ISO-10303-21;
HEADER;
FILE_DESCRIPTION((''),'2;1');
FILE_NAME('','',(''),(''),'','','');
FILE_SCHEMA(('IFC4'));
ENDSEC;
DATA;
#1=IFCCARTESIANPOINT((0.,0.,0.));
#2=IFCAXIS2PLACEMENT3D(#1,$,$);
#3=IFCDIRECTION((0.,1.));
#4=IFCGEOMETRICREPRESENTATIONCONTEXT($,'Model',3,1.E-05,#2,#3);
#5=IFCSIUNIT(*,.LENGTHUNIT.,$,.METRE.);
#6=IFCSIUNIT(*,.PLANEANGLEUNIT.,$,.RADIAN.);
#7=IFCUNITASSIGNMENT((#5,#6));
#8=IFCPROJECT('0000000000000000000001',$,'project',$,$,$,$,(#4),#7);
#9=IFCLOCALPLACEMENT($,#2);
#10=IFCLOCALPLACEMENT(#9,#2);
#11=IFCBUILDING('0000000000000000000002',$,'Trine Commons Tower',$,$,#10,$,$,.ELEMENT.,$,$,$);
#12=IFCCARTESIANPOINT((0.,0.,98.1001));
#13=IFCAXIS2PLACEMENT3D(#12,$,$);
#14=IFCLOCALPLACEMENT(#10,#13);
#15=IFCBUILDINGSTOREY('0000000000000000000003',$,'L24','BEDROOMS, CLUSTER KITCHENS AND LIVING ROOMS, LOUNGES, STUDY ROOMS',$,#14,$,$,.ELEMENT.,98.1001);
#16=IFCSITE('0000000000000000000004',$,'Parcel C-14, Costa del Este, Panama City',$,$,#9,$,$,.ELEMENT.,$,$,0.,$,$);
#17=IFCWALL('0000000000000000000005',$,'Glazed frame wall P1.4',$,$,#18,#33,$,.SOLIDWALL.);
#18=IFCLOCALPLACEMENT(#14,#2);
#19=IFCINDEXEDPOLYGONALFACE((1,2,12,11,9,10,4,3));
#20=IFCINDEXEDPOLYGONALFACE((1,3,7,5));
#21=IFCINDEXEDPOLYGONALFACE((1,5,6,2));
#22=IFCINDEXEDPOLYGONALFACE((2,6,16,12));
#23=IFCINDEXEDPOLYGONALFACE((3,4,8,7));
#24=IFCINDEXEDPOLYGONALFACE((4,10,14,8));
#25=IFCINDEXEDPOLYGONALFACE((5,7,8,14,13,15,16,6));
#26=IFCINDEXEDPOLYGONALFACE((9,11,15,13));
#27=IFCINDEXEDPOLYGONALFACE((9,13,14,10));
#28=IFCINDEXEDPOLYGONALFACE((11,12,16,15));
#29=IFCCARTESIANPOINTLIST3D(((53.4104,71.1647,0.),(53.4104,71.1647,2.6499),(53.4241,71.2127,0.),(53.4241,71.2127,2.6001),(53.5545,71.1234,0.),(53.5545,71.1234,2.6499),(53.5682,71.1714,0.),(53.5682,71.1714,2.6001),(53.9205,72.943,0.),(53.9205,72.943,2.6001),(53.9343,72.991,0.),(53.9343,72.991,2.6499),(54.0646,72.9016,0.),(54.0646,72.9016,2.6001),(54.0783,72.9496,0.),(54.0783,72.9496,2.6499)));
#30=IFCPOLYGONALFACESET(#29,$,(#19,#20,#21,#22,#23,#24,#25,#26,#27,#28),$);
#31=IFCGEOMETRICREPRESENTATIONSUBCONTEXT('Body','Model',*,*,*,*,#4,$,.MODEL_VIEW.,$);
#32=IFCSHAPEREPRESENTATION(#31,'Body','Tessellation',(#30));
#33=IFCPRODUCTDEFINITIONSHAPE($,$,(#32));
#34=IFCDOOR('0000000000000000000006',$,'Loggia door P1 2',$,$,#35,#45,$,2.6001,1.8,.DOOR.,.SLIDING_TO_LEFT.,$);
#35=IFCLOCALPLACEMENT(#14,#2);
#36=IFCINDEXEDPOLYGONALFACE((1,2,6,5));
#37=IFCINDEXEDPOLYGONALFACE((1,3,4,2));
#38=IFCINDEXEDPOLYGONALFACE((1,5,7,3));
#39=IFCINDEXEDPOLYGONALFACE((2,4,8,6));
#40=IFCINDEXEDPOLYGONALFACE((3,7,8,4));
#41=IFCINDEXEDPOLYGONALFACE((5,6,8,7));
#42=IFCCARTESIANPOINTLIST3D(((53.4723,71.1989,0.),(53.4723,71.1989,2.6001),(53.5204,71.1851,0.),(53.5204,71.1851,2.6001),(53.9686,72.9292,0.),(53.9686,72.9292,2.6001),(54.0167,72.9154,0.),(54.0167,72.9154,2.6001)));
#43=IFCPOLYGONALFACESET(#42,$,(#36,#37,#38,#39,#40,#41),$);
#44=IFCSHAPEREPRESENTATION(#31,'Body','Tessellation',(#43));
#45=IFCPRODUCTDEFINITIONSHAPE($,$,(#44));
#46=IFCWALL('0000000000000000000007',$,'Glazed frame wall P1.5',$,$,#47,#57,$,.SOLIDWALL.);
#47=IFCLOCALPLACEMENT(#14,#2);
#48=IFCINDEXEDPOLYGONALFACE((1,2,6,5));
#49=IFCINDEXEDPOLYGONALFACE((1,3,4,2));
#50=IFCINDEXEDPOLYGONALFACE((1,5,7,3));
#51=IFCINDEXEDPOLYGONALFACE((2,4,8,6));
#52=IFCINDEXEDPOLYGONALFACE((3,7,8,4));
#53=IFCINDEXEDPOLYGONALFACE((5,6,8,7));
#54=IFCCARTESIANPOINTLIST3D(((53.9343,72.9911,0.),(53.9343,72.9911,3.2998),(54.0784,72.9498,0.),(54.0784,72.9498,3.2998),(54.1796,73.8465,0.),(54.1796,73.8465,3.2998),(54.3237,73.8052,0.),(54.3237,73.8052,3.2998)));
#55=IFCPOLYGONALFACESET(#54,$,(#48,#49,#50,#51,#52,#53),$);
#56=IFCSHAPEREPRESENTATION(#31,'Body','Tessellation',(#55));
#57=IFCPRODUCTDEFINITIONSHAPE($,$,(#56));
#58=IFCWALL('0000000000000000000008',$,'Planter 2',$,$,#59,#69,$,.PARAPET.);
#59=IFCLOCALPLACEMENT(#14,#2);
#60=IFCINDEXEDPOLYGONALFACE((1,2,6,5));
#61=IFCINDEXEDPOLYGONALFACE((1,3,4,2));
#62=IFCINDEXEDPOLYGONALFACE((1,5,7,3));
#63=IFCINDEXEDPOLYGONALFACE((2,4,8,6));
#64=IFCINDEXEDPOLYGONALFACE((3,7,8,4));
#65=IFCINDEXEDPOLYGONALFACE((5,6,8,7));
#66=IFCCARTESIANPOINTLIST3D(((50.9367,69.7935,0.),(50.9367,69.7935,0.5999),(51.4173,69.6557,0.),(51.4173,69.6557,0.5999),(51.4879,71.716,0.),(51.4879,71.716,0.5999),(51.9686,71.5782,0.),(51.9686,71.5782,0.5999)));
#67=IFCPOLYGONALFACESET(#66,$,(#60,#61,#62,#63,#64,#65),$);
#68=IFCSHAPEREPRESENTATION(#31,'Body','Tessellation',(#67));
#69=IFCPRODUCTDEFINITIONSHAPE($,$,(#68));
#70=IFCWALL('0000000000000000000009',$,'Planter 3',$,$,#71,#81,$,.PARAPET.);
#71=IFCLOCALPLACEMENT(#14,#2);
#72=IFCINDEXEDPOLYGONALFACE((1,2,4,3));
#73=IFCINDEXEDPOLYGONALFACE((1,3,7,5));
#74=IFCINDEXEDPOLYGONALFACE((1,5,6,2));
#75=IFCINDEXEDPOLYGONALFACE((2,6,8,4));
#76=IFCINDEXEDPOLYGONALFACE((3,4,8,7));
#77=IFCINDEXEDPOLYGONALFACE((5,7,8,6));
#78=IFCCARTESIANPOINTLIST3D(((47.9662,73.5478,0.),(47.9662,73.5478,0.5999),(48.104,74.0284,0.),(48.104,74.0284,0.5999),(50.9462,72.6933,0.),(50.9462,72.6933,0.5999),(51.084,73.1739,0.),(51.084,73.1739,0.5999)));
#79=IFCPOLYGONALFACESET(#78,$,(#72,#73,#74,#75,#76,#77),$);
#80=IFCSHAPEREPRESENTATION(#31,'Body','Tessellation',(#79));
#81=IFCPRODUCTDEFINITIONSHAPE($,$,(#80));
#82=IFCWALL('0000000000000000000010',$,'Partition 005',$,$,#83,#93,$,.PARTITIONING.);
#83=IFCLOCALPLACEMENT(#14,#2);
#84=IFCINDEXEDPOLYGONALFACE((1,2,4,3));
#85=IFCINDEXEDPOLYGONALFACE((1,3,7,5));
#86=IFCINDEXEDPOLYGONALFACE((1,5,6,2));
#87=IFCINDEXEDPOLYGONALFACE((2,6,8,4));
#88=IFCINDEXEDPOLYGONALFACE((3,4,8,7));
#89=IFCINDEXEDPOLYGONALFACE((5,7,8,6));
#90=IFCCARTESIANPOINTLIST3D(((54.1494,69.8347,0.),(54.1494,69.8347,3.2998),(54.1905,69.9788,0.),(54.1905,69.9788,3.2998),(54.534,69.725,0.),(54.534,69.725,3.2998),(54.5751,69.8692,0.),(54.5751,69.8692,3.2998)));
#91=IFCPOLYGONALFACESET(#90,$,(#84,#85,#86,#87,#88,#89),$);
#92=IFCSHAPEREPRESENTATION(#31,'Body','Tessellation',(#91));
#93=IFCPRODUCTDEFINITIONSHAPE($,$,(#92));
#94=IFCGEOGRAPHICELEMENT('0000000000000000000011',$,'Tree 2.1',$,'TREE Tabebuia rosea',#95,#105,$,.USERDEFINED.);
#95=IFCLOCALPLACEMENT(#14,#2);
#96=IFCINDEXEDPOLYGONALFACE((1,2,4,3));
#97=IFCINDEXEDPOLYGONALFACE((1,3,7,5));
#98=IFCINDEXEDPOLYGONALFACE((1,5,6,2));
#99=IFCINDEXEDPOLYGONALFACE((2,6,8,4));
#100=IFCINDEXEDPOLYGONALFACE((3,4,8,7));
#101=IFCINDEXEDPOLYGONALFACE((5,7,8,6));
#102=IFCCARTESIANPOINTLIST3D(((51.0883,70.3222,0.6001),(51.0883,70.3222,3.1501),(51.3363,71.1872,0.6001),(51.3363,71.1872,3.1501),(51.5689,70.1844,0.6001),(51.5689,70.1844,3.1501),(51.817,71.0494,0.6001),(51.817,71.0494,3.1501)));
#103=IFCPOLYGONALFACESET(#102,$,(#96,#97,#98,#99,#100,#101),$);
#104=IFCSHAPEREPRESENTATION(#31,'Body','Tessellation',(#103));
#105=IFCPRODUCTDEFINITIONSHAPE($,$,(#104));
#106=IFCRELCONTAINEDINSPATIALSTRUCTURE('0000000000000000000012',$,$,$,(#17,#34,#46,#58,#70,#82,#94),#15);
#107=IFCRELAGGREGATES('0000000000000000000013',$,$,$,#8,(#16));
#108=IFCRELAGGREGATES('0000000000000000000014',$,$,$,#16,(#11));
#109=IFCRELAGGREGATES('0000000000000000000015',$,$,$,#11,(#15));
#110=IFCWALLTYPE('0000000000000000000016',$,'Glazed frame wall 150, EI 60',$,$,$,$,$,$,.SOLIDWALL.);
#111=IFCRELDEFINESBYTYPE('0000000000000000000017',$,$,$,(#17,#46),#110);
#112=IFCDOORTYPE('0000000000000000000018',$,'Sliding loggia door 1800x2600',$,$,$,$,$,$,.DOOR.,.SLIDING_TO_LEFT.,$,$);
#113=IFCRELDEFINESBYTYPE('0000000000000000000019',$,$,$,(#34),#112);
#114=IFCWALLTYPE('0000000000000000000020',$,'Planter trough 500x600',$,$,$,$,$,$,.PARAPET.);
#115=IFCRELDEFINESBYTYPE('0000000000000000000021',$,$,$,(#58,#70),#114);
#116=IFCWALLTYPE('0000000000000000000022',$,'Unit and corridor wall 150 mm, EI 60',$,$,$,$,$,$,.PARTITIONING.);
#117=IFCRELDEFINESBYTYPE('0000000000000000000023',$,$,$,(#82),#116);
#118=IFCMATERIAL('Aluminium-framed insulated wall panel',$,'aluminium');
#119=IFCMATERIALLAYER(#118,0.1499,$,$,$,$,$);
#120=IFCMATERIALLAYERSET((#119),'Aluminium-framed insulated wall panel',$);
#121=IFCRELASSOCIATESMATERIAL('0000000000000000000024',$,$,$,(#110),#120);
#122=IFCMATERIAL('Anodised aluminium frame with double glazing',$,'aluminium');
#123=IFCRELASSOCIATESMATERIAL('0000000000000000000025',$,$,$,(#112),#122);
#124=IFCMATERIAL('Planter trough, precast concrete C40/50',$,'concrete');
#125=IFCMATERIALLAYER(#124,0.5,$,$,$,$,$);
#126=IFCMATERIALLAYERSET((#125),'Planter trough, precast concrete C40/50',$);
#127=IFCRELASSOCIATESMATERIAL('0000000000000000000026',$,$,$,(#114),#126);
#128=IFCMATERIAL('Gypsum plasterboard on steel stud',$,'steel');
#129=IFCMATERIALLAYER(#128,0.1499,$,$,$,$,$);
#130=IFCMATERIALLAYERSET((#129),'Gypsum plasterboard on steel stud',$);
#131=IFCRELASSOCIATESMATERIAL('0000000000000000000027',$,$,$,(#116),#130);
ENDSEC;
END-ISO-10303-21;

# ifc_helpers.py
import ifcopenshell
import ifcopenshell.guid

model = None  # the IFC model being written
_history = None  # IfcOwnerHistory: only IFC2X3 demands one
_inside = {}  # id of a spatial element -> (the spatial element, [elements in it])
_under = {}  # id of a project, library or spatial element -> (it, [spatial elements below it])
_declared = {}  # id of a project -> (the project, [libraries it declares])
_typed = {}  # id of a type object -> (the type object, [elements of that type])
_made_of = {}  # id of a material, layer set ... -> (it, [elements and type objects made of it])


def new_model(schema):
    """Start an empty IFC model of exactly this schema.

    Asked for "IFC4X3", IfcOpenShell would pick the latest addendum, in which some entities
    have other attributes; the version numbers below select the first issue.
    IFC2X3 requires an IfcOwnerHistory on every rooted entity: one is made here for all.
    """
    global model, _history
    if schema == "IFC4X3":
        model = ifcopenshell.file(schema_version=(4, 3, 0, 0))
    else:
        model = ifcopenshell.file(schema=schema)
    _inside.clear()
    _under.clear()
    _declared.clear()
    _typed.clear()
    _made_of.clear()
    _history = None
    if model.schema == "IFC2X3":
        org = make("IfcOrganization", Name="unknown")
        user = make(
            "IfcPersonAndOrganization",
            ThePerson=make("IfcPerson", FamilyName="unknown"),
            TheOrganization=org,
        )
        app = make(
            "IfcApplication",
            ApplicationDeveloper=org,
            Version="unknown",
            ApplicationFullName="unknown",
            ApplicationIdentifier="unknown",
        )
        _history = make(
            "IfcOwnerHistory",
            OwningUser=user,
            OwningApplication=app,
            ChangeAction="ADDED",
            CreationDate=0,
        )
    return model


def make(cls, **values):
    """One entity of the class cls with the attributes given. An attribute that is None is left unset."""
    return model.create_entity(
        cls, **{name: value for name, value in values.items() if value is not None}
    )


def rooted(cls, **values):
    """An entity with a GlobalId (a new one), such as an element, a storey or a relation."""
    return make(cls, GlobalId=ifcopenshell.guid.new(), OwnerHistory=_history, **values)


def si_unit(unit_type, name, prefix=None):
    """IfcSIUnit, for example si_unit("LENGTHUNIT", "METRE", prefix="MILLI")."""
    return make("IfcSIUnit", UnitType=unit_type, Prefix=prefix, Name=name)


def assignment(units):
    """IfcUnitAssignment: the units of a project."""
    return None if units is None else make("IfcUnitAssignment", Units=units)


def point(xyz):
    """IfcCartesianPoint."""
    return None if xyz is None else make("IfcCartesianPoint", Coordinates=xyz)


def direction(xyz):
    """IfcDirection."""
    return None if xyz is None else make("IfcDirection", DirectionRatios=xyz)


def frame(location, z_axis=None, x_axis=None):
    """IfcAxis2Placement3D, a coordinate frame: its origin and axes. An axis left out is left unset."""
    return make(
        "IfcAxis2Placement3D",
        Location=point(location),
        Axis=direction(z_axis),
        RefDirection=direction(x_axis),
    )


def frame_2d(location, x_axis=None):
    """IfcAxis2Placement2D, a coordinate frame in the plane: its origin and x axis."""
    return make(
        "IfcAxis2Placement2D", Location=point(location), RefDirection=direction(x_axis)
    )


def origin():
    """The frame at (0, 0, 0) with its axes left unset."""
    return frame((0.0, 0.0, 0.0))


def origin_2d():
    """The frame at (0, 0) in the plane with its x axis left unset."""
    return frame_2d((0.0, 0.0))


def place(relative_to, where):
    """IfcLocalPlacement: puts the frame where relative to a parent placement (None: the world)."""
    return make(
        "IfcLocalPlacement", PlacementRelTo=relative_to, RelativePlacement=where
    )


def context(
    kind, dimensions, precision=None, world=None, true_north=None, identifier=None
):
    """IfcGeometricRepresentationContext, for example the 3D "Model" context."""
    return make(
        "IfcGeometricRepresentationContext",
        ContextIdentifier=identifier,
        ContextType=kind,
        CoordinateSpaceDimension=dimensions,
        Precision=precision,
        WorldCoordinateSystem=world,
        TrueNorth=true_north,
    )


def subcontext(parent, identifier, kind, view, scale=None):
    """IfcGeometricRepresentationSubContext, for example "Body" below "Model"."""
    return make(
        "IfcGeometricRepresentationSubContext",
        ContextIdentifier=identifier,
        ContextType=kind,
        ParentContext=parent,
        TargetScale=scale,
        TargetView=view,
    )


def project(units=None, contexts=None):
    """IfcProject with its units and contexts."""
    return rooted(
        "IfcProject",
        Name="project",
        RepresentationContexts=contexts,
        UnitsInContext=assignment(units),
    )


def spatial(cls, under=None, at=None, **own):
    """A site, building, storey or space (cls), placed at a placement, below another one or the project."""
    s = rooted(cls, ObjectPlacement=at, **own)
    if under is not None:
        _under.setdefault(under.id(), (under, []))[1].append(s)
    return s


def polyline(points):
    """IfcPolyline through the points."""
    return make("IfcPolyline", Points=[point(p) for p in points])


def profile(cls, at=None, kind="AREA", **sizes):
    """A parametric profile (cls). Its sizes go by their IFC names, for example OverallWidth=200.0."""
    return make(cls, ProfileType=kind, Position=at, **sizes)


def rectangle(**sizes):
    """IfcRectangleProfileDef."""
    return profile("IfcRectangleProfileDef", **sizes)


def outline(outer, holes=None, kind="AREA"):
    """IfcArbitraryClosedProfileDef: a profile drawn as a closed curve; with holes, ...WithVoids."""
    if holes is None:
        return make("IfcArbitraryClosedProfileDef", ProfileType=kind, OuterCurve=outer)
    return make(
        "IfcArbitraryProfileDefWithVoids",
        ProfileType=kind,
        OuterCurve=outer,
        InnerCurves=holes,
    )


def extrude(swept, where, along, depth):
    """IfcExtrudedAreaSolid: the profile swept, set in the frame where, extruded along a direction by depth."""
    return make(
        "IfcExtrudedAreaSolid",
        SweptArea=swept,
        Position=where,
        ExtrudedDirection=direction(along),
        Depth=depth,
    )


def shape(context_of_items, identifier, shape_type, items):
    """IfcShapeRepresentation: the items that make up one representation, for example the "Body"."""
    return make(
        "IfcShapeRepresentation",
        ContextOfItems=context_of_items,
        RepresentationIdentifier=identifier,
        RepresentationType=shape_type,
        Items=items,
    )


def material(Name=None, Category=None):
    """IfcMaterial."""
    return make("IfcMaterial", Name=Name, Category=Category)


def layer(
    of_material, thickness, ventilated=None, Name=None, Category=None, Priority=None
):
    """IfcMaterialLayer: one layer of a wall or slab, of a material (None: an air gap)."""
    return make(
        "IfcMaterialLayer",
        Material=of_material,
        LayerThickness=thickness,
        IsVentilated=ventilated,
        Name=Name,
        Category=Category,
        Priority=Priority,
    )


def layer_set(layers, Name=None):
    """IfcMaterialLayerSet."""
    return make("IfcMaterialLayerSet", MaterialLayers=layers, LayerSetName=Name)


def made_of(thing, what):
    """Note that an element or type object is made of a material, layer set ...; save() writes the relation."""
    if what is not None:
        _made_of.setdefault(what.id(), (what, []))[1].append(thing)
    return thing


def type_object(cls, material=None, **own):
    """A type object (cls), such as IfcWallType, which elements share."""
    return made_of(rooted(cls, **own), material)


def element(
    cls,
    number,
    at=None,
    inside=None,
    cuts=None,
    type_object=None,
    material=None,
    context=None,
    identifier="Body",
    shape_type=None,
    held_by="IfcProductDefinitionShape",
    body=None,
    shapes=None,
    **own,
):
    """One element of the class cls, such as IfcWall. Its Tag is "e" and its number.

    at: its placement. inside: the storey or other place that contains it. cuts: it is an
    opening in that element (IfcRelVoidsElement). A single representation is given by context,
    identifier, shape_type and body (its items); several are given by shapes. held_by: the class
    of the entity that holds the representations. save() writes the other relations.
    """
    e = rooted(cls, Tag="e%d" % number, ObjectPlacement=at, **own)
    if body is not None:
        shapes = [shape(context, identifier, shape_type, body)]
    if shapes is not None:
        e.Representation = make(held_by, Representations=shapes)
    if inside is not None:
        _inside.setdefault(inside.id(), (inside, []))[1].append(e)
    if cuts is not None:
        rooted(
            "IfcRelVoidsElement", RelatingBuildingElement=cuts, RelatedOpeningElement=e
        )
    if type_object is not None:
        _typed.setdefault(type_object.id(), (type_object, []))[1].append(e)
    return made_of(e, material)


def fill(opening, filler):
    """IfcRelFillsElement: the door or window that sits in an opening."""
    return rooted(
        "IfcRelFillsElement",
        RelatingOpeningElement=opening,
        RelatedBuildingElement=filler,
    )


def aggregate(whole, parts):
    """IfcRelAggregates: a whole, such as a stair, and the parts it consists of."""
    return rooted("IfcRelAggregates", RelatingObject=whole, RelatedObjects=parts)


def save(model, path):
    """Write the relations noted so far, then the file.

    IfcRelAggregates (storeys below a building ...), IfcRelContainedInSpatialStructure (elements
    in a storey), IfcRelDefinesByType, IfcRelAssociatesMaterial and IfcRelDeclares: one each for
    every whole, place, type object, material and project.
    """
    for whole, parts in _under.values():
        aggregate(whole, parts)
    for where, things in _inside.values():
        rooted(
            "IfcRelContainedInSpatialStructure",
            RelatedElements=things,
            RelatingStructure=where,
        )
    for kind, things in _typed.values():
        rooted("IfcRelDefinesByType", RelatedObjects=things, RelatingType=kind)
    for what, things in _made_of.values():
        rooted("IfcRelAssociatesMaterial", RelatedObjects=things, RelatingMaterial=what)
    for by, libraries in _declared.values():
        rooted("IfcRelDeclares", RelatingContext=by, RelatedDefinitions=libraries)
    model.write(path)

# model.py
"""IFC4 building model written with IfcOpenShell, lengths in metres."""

from ifc_helpers import new_model, si_unit, direction, frame, frame_2d, origin, origin_2d, place, context, subcontext, project, spatial, polyline, rectangle, outline, extrude, material, layer, layer_set, type_object, element, fill, save


model = new_model("IFC4")

# Units and contexts
model_context = context("Model", 3, precision=1e-05, world=origin(), true_north=direction((0.0, 1.0)))
body_context = subcontext(model_context, "Body", "Model", "MODEL_VIEW")
ifc_project = project(units=[si_unit("LENGTHUNIT", "METRE"), si_unit("PLANEANGLEUNIT", "RADIAN")], contexts=[model_context])

# Site, building, storey
site_placement = place(None, origin())
site = spatial("IfcSite", under=ifc_project, at=site_placement, Name="Parcel C-14, Costa del Este, Panama City", CompositionType="ELEMENT", RefElevation=0.0)
building_placement = place(site_placement, origin())
building = spatial("IfcBuilding", under=site, at=building_placement, Name="Trine Commons Tower", CompositionType="ELEMENT")
storey_placement = place(building_placement, frame((0.0, 0.0, 98.1001)))
storey = spatial("IfcBuildingStorey", under=building, at=storey_placement, Name="L24", Description="BEDROOMS, CLUSTER KITCHENS AND LIVING ROOMS, LOUNGES, STUDY ROOMS", CompositionType="ELEMENT", Elevation=98.1001)

# Wall, opening, door
ifc_material_1 = material(Name="Aluminium-framed insulated wall panel", Category="aluminium")
ifc_layer_1 = layer(ifc_material_1, 0.1499)
ifc_layer_set_1 = layer_set([ifc_layer_1], Name="Aluminium-framed insulated wall panel")
wall_type_1 = type_object("IfcWallType", Name="Glazed frame wall 150, EI 60", PredefinedType="SOLIDWALL", material=ifc_layer_set_1)
wall_1_placement = place(storey_placement, frame((53.4824, 71.144, 0.0), z_axis=(0.0, 0.0, 1.0), x_axis=(0.275739, 0.961232, 0.0)))
wall_1 = element("IfcWall", 1, at=wall_1_placement, inside=storey, type_object=wall_type_1, Name="Glazed frame wall P1.4", PredefinedType="SOLIDWALL", context=body_context, shape_type="SweptSolid", body=[
    extrude(outline(polyline([(0.0, -0.075), (1.8999, -0.075), (1.8999, 0.075), (0.0, 0.075), (0.0, -0.075)])), origin(), (0.0, 0.0, 1.0), 2.6499),
])
opening_1_placement = place(wall_1_placement, frame((0.05, 0.0, 0.0)))
opening_1 = element("IfcOpeningElement", 2, at=opening_1_placement, cuts=wall_1, PredefinedType="OPENING", context=body_context, shape_type="SweptSolid", body=[
    extrude(rectangle(XDim=1.8, YDim=2.6001, at=frame_2d((0.8999, 1.3))), frame((0.0, 0.085, 0.0), z_axis=(0.0, -1.0, 0.0), x_axis=(1.0, 0.0, 0.0)), (0.0, 0.0, 1.0), 0.1699),
])
ifc_material_2 = material(Name="Anodised aluminium frame with double glazing", Category="aluminium")
door_type = type_object("IfcDoorType", Name="Sliding loggia door 1800x2600", OperationType="SLIDING_TO_LEFT", PredefinedType="DOOR", material=ifc_material_2)
door_1_placement = place(opening_1_placement, origin())
door_1 = element("IfcDoor", 3, at=door_1_placement, inside=storey, type_object=door_type, Name="Loggia door P1 2", OperationType="SLIDING_TO_LEFT", OverallHeight=2.6001, OverallWidth=1.8, PredefinedType="DOOR", context=body_context, shape_type="SweptSolid", body=[
    extrude(rectangle(XDim=1.8, YDim=2.6001, at=frame_2d((0.8999, 1.3))), frame((0.0, 0.0249, 0.0), z_axis=(0.0, -1.0, 0.0), x_axis=(1.0, 0.0, 0.0)), (0.0, 0.0, 1.0), 0.05),
])
fill(opening_1, door_1)

# Wall
wall_2_placement = place(storey_placement, frame((54.0063, 72.9705, 0.0), z_axis=(0.0, 0.0, 1.0), x_axis=(0.275656, 0.961256, 0.0)))
element("IfcWall", 4, at=wall_2_placement, inside=storey, type_object=wall_type_1, Name="Glazed frame wall P1.5", PredefinedType="SOLIDWALL", context=body_context, shape_type="SweptSolid", body=[
    extrude(outline(polyline([(0.8899, 0.075), (0.0, 0.075), (0.0, -0.075), (0.8899, -0.075), (0.8899, 0.075)])), origin(), (0.0, 0.0, 1.0), 3.2998),
])

# Walls
ifc_material_3 = material(Name="Planter trough, precast concrete C40/50", Category="concrete")
ifc_layer_2 = layer(ifc_material_3, 0.5)
ifc_layer_set_2 = layer_set([ifc_layer_2], Name="Planter trough, precast concrete C40/50")
wall_type_2 = type_object("IfcWallType", Name="Planter trough 500x600", PredefinedType="PARAPET", material=ifc_layer_set_2)
wall_3_placement = place(storey_placement, frame((51.177, 69.7246, 0.0), z_axis=(0.0, 0.0, 1.0), x_axis=(0.275624, 0.961266, 0.0)))
element("IfcWall", 5, at=wall_3_placement, inside=storey, type_object=wall_type_2, Name="Planter 2", PredefinedType="PARAPET", context=body_context, shape_type="SweptSolid", body=[
    extrude(rectangle(XDim=2.0, YDim=0.5, at=frame_2d((1.0, 0.0))), origin(), (0.0, 0.0, 1.0), 0.5999),
])
wall_4_placement = place(storey_placement, frame((51.0151, 72.9336, 0.0), z_axis=(0.0, 0.0, 1.0), x_axis=(-0.961262, 0.275636, 0.0)))
element("IfcWall", 6, at=wall_4_placement, inside=storey, type_object=wall_type_2, Name="Planter 3", PredefinedType="PARAPET", context=body_context, shape_type="SweptSolid", body=[
    extrude(rectangle(XDim=3.1001, YDim=0.5, at=frame_2d((1.55, 0.0))), origin(), (0.0, 0.0, 1.0), 0.5999),
])
ifc_material_4 = material(Name="Gypsum plasterboard on steel stud", Category="steel")
ifc_layer_3 = layer(ifc_material_4, 0.1499)
ifc_layer_set_3 = layer_set([ifc_layer_3], Name="Gypsum plasterboard on steel stud")
wall_type_3 = type_object("IfcWallType", Name="Unit and corridor wall 150 mm, EI 60", PredefinedType="PARTITIONING", material=ifc_layer_set_3)
wall_5_placement = place(storey_placement, frame((54.1699, 69.9067, 0.0), z_axis=(0.0, 0.0, 1.0), x_axis=(0.961685, -0.274157, 0.0)))
element("IfcWall", 7, at=wall_5_placement, inside=storey, type_object=wall_type_3, Name="Partition 005", PredefinedType="PARTITIONING", context=body_context, shape_type="SweptSolid", body=[
    extrude(rectangle(XDim=0.3999, YDim=0.1499, at=frame_2d((0.2, 0.0))), origin(), (0.0, 0.0, 1.0), 3.2998),
])

# Geographic element
geographic_element_placement = place(storey_placement, frame((51.4526, 70.6858, 0.6001), z_axis=(0.0, 0.0, 1.0), x_axis=(0.275646, 0.961259, 0.0)))
element("IfcGeographicElement", 8, at=geographic_element_placement, inside=storey, Name="Tree 2.1", ObjectType="TREE Tabebuia rosea", PredefinedType="USERDEFINED", context=body_context, shape_type="SweptSolid", body=[
    extrude(rectangle(XDim=0.8999, YDim=0.5, at=origin_2d()), origin(), (0.0, 0.0, 1.0), 2.55),
])

save(model, "model.ifc")
